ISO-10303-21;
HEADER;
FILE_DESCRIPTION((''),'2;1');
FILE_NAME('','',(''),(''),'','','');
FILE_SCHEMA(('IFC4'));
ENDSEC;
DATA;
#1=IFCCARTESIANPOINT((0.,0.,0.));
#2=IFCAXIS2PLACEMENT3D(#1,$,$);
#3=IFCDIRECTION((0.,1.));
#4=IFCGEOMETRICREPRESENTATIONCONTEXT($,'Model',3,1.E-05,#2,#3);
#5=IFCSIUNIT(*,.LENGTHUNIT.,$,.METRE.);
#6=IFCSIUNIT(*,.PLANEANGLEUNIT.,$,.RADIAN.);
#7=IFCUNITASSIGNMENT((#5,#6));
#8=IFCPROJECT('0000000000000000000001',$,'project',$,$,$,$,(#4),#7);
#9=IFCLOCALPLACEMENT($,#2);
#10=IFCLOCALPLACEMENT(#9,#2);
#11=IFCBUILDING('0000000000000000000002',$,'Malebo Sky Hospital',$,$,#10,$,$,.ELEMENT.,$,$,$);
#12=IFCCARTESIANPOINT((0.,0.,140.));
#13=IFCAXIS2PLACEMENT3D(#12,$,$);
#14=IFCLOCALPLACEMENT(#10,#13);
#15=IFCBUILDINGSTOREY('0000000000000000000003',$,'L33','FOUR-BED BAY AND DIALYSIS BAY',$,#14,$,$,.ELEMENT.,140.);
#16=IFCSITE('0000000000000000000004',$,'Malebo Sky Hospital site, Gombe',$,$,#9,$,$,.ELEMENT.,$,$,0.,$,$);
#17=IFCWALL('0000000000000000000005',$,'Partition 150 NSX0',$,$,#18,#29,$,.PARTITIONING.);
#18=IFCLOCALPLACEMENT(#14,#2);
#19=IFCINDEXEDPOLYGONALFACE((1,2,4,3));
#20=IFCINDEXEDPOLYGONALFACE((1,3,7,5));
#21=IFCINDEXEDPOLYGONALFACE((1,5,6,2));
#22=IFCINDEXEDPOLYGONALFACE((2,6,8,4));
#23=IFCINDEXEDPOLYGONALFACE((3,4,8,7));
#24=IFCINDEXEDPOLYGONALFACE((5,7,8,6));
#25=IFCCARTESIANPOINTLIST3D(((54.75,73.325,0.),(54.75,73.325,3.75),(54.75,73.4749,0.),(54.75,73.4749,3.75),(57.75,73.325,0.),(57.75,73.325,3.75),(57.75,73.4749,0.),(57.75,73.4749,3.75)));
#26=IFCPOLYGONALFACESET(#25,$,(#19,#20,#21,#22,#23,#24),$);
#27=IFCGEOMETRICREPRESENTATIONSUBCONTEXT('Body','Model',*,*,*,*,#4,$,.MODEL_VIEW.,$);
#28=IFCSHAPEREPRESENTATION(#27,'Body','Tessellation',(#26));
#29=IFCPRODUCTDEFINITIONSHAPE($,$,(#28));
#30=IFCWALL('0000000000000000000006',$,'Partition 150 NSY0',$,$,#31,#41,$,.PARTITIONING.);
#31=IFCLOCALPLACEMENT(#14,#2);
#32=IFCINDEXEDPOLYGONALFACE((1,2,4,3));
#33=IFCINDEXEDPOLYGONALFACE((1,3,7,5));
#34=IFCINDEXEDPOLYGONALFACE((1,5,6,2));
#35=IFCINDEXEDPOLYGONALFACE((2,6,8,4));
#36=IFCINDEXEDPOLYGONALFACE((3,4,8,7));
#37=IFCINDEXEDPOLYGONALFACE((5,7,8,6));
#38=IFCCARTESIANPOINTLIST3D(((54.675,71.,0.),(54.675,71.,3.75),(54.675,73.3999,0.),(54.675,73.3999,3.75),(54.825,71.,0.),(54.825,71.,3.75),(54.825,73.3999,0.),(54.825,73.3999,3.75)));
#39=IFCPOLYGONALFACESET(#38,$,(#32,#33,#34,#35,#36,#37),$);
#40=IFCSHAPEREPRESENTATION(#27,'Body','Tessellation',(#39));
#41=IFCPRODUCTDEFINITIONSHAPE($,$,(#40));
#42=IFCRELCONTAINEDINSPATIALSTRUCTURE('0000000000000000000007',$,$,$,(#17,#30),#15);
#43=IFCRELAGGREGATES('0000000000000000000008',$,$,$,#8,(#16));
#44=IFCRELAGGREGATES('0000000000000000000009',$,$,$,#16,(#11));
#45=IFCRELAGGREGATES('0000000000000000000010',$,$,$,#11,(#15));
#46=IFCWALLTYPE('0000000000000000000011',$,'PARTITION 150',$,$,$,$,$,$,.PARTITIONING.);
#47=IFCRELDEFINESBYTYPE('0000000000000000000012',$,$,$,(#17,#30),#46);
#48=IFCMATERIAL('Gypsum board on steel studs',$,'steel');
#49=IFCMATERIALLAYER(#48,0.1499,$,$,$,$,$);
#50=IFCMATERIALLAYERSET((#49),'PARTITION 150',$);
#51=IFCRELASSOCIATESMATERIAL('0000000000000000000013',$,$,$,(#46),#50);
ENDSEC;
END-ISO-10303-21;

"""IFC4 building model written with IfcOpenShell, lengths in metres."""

from ifc_helpers import new_model, si_unit, direction, frame, frame_2d, origin, place, context, subcontext, project, spatial, rectangle, extrude, material, layer, layer_set, type_object, element, save


model = new_model("IFC4")

# Units and contexts
model_context = context("Model", 3, precision=1e-05, world=origin(), true_north=direction((0.0, 1.0)))
body_context = subcontext(model_context, "Body", "Model", "MODEL_VIEW")
ifc_project = project(units=[si_unit("LENGTHUNIT", "METRE"), si_unit("PLANEANGLEUNIT", "RADIAN")], contexts=[model_context])

# Site, building, storey
site_placement = place(None, origin())
site = spatial("IfcSite", under=ifc_project, at=site_placement, Name="Malebo Sky Hospital site, Gombe", CompositionType="ELEMENT", RefElevation=0.0)
building_placement = place(site_placement, origin())
building = spatial("IfcBuilding", under=site, at=building_placement, Name="Malebo Sky Hospital", CompositionType="ELEMENT")
storey_placement = place(building_placement, frame((0.0, 0.0, 140.0)))
storey = spatial("IfcBuildingStorey", under=building, at=storey_placement, Name="L33", Description="FOUR-BED BAY AND DIALYSIS BAY", CompositionType="ELEMENT", Elevation=140.0)

# Shared definitions
ifc_material_1 = material(Name="Gypsum board on steel studs", Category="steel")

# Shared definitions
ifc_layer_1 = layer(ifc_material_1, 0.1499)
ifc_layer_set_1 = layer_set([ifc_layer_1], Name="PARTITION 150")
wall_type_1 = type_object("IfcWallType", Name="PARTITION 150", PredefinedType="PARTITIONING", material=ifc_layer_set_1)

# Walls
wall_1_placement = place(storey_placement, frame((54.75, 73.3999, 0.0), z_axis=(0.0, 0.0, 1.0), x_axis=(1.0, 0.0, 0.0)))
element("IfcWall", 1, at=wall_1_placement, inside=storey, type_object=wall_type_1, Name="Partition 150 NSX0", PredefinedType="PARTITIONING", context=body_context, shape_type="SweptSolid", body=[
    extrude(rectangle(XDim=3.0, YDim=0.1499, at=frame_2d((1.5, 0.0))), origin(), (0.0, 0.0, 1.0), 3.75),
])
wall_2_placement = place(storey_placement, frame((54.75, 71.0, 0.0), z_axis=(0.0, 0.0, 1.0), x_axis=(0.0, 1.0, 0.0)))
element("IfcWall", 2, at=wall_2_placement, inside=storey, type_object=wall_type_1, Name="Partition 150 NSY0", PredefinedType="PARTITIONING", context=body_context, shape_type="SweptSolid", body=[
    extrude(rectangle(XDim=2.3999, YDim=0.1499, at=frame_2d((1.2, 0.0))), origin(), (0.0, 0.0, 1.0), 3.75),
])

save(model, "model.ifc")
